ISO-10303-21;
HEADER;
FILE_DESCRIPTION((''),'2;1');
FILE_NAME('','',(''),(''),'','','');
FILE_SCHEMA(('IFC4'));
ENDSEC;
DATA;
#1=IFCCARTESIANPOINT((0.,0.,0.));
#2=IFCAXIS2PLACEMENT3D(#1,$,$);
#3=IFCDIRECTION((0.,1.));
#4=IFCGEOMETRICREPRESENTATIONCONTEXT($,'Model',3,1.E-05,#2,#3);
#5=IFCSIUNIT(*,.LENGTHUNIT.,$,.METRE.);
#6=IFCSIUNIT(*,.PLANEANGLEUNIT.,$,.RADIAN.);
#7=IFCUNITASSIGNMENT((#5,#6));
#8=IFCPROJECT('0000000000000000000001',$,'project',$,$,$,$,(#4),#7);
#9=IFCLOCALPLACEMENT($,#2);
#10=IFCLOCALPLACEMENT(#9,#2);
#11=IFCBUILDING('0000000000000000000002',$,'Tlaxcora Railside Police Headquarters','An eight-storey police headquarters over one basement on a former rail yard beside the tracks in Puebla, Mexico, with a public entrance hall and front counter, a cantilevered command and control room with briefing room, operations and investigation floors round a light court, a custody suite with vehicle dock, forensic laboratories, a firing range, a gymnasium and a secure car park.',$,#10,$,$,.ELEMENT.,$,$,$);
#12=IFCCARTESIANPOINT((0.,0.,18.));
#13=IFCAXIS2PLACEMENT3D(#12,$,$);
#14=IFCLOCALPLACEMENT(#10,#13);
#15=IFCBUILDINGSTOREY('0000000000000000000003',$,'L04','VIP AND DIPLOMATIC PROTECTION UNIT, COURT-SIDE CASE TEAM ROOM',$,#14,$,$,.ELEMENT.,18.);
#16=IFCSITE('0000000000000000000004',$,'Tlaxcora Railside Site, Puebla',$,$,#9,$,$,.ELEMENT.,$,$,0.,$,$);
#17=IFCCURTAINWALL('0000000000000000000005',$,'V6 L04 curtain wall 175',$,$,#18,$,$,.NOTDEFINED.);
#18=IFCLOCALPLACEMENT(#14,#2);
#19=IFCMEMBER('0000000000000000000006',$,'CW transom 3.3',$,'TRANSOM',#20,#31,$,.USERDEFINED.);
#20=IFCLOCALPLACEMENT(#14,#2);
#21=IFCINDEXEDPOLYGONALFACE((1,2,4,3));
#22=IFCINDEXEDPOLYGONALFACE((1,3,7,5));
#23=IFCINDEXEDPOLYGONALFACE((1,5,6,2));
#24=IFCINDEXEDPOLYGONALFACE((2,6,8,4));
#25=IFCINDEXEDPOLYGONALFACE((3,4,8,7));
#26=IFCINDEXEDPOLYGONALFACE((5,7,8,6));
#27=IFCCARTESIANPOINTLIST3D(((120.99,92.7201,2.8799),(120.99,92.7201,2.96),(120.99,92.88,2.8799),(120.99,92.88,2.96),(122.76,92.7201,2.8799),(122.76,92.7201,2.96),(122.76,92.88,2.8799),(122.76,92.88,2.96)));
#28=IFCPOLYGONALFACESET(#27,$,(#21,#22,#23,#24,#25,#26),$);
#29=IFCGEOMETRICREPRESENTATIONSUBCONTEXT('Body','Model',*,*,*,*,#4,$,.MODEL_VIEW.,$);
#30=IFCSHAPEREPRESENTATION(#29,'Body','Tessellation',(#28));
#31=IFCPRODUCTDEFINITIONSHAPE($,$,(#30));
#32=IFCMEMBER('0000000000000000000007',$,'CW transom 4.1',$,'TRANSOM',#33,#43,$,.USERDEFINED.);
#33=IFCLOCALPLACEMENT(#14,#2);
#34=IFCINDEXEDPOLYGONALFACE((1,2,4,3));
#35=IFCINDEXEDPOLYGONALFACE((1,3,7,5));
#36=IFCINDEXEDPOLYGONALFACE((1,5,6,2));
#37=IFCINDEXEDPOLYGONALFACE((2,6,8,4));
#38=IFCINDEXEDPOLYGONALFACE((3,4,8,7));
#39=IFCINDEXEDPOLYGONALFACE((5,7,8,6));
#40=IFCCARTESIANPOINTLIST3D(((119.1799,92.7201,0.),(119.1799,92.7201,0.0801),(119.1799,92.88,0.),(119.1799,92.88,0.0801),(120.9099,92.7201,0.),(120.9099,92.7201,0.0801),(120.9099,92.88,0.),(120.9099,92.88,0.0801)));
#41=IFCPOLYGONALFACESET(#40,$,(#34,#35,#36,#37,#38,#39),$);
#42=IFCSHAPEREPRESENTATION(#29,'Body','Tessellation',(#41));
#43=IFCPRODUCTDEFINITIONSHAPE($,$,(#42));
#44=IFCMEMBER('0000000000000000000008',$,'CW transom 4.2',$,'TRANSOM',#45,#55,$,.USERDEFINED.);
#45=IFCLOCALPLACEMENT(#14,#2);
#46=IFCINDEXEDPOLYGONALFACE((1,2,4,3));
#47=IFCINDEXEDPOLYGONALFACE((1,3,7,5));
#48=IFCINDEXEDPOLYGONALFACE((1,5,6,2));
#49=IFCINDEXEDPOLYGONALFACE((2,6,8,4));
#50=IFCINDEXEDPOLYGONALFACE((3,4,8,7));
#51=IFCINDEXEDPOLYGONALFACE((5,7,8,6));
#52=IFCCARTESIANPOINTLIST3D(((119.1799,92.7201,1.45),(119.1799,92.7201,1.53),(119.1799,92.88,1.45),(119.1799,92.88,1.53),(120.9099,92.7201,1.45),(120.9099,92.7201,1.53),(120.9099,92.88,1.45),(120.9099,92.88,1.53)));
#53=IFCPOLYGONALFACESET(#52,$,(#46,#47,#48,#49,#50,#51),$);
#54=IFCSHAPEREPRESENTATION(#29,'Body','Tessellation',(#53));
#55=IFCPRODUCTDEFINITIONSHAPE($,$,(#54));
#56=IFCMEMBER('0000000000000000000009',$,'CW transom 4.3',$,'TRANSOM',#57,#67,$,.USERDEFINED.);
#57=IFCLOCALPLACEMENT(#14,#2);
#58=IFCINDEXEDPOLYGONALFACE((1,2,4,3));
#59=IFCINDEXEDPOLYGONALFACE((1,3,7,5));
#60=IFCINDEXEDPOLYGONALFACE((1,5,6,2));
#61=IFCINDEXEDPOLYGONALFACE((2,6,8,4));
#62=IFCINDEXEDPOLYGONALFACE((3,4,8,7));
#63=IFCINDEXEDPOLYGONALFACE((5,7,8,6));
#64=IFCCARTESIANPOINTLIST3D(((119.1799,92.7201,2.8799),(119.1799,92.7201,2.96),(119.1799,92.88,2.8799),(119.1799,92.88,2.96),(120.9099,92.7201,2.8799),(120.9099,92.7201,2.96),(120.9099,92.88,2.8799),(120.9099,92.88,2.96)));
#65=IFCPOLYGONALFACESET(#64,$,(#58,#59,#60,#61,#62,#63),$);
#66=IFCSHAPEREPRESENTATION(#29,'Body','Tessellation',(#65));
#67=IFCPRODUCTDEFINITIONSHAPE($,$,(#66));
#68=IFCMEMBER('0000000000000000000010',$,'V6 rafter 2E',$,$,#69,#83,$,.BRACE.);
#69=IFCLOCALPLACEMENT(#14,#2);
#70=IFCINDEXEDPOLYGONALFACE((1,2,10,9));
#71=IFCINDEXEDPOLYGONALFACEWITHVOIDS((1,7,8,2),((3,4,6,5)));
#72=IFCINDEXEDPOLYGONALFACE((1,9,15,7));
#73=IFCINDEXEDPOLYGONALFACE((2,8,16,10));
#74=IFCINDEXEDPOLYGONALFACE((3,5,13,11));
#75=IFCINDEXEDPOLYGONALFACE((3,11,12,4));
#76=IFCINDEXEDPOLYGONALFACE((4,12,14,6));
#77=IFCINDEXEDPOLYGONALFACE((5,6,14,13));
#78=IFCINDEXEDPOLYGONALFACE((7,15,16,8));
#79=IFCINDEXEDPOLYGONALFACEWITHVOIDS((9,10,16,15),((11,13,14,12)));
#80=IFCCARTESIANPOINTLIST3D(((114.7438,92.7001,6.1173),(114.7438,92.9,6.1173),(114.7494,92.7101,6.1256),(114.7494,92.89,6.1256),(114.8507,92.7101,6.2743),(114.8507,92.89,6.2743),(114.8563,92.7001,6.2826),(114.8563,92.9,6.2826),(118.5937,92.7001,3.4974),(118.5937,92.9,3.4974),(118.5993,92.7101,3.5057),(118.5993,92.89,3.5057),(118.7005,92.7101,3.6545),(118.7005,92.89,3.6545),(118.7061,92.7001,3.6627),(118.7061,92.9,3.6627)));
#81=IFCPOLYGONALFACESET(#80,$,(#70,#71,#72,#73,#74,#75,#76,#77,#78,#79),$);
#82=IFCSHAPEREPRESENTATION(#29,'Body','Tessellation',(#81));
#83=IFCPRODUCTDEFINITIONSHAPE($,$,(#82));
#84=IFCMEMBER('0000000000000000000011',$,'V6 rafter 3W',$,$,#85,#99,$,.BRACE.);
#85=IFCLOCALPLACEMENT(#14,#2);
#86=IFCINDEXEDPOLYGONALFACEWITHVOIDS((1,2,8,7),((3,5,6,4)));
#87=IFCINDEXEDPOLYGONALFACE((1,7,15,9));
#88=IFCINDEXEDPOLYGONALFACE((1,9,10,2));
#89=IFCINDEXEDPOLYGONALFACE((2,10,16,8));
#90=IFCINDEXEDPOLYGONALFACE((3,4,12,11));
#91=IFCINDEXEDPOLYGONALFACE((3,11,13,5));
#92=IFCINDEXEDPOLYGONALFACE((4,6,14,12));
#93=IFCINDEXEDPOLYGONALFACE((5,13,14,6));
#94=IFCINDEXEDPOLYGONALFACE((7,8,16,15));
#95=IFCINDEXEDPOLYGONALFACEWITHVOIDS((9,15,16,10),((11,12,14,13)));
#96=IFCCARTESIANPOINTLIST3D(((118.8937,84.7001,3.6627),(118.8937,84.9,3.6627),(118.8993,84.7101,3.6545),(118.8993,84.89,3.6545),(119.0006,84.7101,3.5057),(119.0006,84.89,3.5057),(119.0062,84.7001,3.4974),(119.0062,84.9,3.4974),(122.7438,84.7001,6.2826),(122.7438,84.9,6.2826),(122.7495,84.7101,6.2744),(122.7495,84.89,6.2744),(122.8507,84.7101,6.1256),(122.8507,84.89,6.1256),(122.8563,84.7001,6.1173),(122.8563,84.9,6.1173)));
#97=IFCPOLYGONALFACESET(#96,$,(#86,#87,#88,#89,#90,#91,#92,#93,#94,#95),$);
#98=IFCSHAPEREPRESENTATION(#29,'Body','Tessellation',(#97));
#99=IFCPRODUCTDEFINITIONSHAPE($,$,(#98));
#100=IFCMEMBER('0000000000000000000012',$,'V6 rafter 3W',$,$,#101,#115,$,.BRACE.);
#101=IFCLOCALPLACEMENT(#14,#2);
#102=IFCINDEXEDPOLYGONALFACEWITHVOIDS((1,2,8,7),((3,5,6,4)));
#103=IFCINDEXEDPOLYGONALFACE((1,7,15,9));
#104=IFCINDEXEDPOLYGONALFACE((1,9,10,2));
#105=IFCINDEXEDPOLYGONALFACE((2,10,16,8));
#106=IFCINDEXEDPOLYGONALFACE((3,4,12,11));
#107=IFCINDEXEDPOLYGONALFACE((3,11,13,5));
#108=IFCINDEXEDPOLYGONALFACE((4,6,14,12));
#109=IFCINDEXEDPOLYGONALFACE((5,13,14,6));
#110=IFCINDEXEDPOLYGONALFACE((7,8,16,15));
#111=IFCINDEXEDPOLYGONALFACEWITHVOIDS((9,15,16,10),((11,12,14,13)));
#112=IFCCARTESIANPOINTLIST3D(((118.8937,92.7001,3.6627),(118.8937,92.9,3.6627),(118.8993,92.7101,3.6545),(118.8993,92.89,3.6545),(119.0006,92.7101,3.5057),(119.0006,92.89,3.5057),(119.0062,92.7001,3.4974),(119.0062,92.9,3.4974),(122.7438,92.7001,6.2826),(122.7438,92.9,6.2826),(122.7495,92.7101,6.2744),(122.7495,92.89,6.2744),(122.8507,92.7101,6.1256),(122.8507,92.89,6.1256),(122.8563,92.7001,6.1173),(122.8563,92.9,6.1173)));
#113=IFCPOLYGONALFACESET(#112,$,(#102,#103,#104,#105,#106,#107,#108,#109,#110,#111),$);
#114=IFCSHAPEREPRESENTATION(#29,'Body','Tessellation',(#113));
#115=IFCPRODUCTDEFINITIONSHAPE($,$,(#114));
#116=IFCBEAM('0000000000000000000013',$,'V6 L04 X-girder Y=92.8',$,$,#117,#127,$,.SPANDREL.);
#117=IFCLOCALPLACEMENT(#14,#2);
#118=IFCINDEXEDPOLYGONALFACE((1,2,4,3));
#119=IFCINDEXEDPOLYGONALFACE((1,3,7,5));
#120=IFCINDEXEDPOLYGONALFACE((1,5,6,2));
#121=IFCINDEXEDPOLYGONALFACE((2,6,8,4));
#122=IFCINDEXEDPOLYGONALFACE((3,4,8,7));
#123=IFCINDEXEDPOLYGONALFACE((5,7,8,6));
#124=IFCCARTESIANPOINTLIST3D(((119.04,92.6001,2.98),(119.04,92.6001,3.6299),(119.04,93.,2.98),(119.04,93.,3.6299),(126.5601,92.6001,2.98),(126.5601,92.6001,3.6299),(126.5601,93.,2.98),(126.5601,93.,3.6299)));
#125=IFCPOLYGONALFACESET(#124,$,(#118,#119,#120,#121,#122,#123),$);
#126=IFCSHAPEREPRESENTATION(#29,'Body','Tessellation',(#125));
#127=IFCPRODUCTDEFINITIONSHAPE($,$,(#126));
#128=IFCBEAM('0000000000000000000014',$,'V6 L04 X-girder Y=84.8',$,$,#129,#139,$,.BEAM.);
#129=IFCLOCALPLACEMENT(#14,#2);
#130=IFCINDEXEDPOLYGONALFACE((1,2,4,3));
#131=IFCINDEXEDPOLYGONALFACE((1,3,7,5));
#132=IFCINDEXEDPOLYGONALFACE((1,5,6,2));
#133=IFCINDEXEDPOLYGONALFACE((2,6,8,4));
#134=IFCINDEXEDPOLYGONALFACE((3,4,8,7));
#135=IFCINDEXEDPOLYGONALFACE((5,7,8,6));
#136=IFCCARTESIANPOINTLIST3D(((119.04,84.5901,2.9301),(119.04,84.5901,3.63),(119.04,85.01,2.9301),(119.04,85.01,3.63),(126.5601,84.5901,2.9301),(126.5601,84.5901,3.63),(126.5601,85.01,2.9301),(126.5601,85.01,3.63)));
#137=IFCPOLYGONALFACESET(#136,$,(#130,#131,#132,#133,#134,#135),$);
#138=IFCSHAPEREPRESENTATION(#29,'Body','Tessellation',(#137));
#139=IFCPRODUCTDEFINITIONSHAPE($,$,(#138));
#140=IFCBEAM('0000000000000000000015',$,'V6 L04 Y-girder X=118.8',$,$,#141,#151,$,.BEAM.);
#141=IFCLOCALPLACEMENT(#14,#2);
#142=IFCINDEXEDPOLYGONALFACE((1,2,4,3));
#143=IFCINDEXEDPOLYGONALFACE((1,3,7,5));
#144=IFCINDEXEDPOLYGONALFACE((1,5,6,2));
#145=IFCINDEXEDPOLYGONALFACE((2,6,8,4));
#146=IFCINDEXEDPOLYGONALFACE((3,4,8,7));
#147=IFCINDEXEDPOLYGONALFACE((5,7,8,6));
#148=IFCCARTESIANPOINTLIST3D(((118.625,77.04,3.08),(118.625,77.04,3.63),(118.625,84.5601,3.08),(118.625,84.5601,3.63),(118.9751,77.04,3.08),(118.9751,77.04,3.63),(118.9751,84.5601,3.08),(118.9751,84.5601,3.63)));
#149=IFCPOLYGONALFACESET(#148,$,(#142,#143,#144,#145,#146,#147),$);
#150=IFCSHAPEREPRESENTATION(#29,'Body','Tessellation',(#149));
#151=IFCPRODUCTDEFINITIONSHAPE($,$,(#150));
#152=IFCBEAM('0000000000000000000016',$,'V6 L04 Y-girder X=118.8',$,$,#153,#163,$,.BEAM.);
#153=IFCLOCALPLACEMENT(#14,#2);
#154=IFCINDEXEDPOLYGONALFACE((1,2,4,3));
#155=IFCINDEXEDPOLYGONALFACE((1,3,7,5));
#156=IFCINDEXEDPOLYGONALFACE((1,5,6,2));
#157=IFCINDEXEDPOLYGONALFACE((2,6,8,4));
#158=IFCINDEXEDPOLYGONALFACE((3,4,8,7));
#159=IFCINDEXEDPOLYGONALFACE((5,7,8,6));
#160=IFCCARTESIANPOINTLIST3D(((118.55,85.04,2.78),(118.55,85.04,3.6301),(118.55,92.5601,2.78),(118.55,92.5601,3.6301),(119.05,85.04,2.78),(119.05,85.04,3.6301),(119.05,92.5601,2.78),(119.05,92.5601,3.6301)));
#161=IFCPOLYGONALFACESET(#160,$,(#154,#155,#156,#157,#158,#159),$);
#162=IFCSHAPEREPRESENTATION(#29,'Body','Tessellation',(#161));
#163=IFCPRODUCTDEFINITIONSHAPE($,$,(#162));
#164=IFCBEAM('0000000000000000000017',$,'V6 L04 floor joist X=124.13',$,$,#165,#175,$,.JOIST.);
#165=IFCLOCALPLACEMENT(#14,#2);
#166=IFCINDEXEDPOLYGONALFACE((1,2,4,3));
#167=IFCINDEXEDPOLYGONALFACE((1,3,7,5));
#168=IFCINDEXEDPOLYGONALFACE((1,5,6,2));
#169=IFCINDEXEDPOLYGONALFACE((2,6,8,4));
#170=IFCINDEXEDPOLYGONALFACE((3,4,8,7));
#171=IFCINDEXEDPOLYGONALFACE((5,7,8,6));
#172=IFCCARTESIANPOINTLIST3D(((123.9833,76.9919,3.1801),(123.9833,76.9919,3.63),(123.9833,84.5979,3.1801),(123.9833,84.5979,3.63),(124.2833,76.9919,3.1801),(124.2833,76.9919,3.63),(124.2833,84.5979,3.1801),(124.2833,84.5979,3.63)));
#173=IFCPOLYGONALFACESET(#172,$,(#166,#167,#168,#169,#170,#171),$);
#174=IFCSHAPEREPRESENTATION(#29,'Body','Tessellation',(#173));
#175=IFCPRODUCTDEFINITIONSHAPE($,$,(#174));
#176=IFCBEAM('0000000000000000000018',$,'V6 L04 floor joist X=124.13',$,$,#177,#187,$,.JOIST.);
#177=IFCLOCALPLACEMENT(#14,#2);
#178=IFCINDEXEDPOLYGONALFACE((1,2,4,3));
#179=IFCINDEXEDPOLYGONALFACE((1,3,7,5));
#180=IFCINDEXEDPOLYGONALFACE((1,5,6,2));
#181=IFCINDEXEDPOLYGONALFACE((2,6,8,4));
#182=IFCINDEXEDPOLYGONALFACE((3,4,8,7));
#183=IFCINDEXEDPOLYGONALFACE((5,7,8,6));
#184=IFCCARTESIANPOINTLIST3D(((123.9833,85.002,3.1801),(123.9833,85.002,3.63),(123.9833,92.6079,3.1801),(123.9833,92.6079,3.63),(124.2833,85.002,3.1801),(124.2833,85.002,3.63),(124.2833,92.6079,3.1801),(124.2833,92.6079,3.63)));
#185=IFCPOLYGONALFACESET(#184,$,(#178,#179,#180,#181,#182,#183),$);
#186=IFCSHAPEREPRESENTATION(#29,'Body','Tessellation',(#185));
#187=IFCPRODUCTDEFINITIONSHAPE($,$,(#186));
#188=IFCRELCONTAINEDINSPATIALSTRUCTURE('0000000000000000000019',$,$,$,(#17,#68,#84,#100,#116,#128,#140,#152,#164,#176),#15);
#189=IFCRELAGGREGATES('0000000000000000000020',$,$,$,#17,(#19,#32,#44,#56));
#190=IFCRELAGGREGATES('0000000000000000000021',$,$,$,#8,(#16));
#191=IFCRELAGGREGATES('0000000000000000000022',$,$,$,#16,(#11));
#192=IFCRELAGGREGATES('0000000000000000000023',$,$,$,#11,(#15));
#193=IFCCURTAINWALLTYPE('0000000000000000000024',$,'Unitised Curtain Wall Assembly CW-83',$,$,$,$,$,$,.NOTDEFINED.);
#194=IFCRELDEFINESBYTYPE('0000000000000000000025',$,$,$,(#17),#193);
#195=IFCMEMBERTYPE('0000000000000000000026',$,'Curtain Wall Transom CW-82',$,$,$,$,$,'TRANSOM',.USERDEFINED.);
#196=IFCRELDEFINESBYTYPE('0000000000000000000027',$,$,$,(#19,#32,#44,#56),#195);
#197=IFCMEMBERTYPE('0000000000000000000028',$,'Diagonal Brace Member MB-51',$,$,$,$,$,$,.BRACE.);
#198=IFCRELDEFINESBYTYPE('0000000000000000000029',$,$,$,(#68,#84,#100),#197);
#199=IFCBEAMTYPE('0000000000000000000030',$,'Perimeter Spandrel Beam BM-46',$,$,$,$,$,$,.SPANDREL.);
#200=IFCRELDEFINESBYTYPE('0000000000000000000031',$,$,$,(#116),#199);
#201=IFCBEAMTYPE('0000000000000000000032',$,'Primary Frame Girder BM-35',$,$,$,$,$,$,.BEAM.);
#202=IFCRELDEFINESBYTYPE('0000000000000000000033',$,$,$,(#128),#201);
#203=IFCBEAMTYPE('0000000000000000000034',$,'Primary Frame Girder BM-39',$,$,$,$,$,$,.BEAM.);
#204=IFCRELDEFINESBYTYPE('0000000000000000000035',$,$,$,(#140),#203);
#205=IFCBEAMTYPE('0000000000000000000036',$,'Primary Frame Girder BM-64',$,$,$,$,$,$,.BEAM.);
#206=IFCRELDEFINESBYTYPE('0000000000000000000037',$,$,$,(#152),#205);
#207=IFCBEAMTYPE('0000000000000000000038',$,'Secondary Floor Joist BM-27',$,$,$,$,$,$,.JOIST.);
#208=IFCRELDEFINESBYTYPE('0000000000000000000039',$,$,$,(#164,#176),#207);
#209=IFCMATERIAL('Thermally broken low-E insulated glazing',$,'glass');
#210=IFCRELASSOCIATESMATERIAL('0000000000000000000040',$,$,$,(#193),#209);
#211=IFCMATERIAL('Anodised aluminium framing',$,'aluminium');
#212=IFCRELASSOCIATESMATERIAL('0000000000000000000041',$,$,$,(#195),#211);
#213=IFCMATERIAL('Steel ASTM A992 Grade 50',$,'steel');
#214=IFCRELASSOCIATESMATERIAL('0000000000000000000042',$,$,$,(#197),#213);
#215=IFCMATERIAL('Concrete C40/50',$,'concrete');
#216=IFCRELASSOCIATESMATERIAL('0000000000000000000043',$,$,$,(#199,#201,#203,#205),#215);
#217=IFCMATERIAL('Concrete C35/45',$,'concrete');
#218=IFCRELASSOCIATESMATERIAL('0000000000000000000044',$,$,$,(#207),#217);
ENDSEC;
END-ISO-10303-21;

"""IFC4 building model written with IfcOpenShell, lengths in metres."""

from ifc_helpers import new_model, si_unit, direction, frame, origin, origin_2d, place, context, subcontext, project, spatial, rectangle, hollow_rectangle, extrude, material, material_profile, profile_set, type_object, element, aggregate, save


model = new_model("IFC4")

# Units and contexts
model_context = context("Model", 3, precision=1e-05, world=origin(), true_north=direction((0.0, 1.0)))
body_context = subcontext(model_context, "Body", "Model", "MODEL_VIEW")
ifc_project = project(units=[si_unit("LENGTHUNIT", "METRE"), si_unit("PLANEANGLEUNIT", "RADIAN")], contexts=[model_context])

# Site, building, storey
site_placement = place(None, origin())
site = spatial("IfcSite", under=ifc_project, at=site_placement, Name="Tlaxcora Railside Site, Puebla", CompositionType="ELEMENT", RefElevation=0.0)
building_placement = place(site_placement, origin())
building = spatial("IfcBuilding", under=site, at=building_placement, Name="Tlaxcora Railside Police Headquarters", Description="An eight-storey police headquarters over one basement on a former rail yard beside the tracks in Puebla, Mexico, with a public entrance hall and front counter, a cantilevered command and control room with briefing room, operations and investigation floors round a light court, a custody suite with vehicle dock, forensic laboratories, a firing range, a gymnasium and a secure car park.", CompositionType="ELEMENT")
storey_placement = place(building_placement, frame((0.0, 0.0, 18.0)))
storey = spatial("IfcBuildingStorey", under=building, at=storey_placement, Name="L04", Description="VIP AND DIPLOMATIC PROTECTION UNIT, COURT-SIDE CASE TEAM ROOM", CompositionType="ELEMENT", Elevation=18.0)

# Shared definitions
ifc_material_1 = material(Name="Concrete C40/50", Category="concrete")

# Curtain wall, members
ifc_material_2 = material(Name="Thermally broken low-E insulated glazing", Category="glass")
curtain_wall_type = type_object("IfcCurtainWallType", Name="Unitised Curtain Wall Assembly CW-83", PredefinedType="NOTDEFINED", material=ifc_material_2)
curtain_wall_placement = place(storey_placement, origin())
curtain_wall = element("IfcCurtainWall", 1, at=curtain_wall_placement, inside=storey, type_object=curtain_wall_type, Name="V6 L04 curtain wall 175", PredefinedType="NOTDEFINED")
ifc_material_3 = material(Name="Anodised aluminium framing", Category="aluminium")
ifc_material_profile_1 = material_profile(ifc_material_3, rectangle(XDim=0.1599, YDim=0.0801, at=origin_2d()), Name="AL80X160")
ifc_profile_set_1 = profile_set([ifc_material_profile_1], Name="Anodised aluminium framing")
member_type_1 = type_object("IfcMemberType", Name="Curtain Wall Transom CW-82", ElementType="TRANSOM", PredefinedType="USERDEFINED", material=ifc_profile_set_1)
member_1_placement = place(storey_placement, frame((122.76, 92.8, 2.9199), z_axis=(-1.0, 0.0, 0.0), x_axis=(0.0, -1.0, 0.0)))
member_1 = element("IfcMember", 2, at=member_1_placement, type_object=member_type_1, Name="CW transom 3.3", ObjectType="TRANSOM", PredefinedType="USERDEFINED", context=body_context, shape_type="SweptSolid", body=[
    extrude(rectangle(XDim=0.1599, YDim=0.0801, at=origin_2d()), origin(), (0.0, 0.0, 1.0), 1.77),
])
member_2_placement = place(storey_placement, frame((120.9099, 92.8, 0.04), z_axis=(-1.0, 0.0, 0.0), x_axis=(0.0, -1.0, 0.0)))
member_2 = element("IfcMember", 3, at=member_2_placement, type_object=member_type_1, Name="CW transom 4.1", ObjectType="TRANSOM", PredefinedType="USERDEFINED", context=body_context, shape_type="SweptSolid", body=[
    extrude(rectangle(XDim=0.1599, YDim=0.0801, at=origin_2d()), origin(), (0.0, 0.0, 1.0), 1.73),
])
member_3_placement = place(storey_placement, frame((120.9099, 92.8, 1.49), z_axis=(-1.0, 0.0, 0.0), x_axis=(0.0, -1.0, 0.0)))
member_3 = element("IfcMember", 4, at=member_3_placement, type_object=member_type_1, Name="CW transom 4.2", ObjectType="TRANSOM", PredefinedType="USERDEFINED", context=body_context, shape_type="SweptSolid", body=[
    extrude(rectangle(XDim=0.1599, YDim=0.0801, at=origin_2d()), origin(), (0.0, 0.0, 1.0), 1.73),
])
member_4_placement = place(storey_placement, frame((120.9099, 92.8, 2.9199), z_axis=(-1.0, 0.0, 0.0), x_axis=(0.0, -1.0, 0.0)))
member_4 = element("IfcMember", 5, at=member_4_placement, type_object=member_type_1, Name="CW transom 4.3", ObjectType="TRANSOM", PredefinedType="USERDEFINED", context=body_context, shape_type="SweptSolid", body=[
    extrude(rectangle(XDim=0.1599, YDim=0.0801, at=origin_2d()), origin(), (0.0, 0.0, 1.0), 1.73),
])

# Members
ifc_material_4 = material(Name="Steel ASTM A992 Grade 50", Category="steel")
ifc_material_profile_2 = material_profile(ifc_material_4, hollow_rectangle(XDim=0.2, YDim=0.2, WallThickness=0.01, at=origin_2d()), Name="HSS200X200X10")
ifc_profile_set_2 = profile_set([ifc_material_profile_2], Name="Steel ASTM A992 Grade 50")
member_type_2 = type_object("IfcMemberType", Name="Diagonal Brace Member MB-51", PredefinedType="BRACE", material=ifc_profile_set_2)
member_5_placement = place(storey_placement, frame((118.6499, 92.8, 3.5801), z_axis=(-0.826729, 0.0, 0.5626), x_axis=(0.0, -1.0, 0.0)))
element("IfcMember", 6, at=member_5_placement, inside=storey, type_object=member_type_2, Name="V6 rafter 2E", PredefinedType="BRACE", context=body_context, shape_type="SweptSolid", body=[
    extrude(hollow_rectangle(XDim=0.2, YDim=0.2, WallThickness=0.01, at=origin_2d()), origin(), (0.0, 0.0, 1.0), 4.6567),
])
for number, where, z_axis, x_axis, name in (
    (7, (118.95, 84.8, 3.5801), (0.826746, 0.0, 0.562575), (0.0, 1.0, 0.0), "V6 rafter 3W"),
    (8, (118.95, 92.8, 3.5801), (0.826746, 0.0, 0.562575), (0.0, 1.0, 0.0), "V6 rafter 3W"),
):
    element("IfcMember", number, at=place(storey_placement, frame(where, z_axis=z_axis, x_axis=x_axis)), inside=storey, type_object=member_type_2, Name=name, PredefinedType="BRACE", context=body_context, shape_type="SweptSolid", body=[
        extrude(hollow_rectangle(XDim=0.2, YDim=0.2, WallThickness=0.01, at=origin_2d()), origin(), (0.0, 0.0, 1.0), 4.657),
    ])

# Beams
ifc_material_profile_3 = material_profile(ifc_material_1, rectangle(XDim=0.3999, YDim=0.6499, at=origin_2d()), Name="RC400X650")
ifc_profile_set_3 = profile_set([ifc_material_profile_3], Name="Concrete C40/50")
beam_type_1 = type_object("IfcBeamType", Name="Perimeter Spandrel Beam BM-46", PredefinedType="SPANDREL", material=ifc_profile_set_3)
beam_1_placement = place(storey_placement, frame((119.04, 92.8, 3.3049), z_axis=(1.0, 0.0, 0.0), x_axis=(0.0, 1.0, 0.0)))
element("IfcBeam", 9, at=beam_1_placement, inside=storey, type_object=beam_type_1, Name="V6 L04 X-girder Y=92.8", PredefinedType="SPANDREL", context=body_context, shape_type="SweptSolid", body=[
    extrude(rectangle(XDim=0.3999, YDim=0.6499, at=origin_2d()), origin(), (0.0, 0.0, 1.0), 7.52),
])
ifc_material_profile_4 = material_profile(ifc_material_1, rectangle(XDim=0.4199, YDim=0.7, at=origin_2d()), Name="RC420X700")
ifc_profile_set_4 = profile_set([ifc_material_profile_4], Name="Concrete C40/50")
beam_type_2 = type_object("IfcBeamType", Name="Primary Frame Girder BM-35", PredefinedType="BEAM", material=ifc_profile_set_4)
beam_2_placement = place(storey_placement, frame((119.04, 84.8, 3.28), z_axis=(1.0, 0.0, 0.0), x_axis=(0.0, 1.0, 0.0)))
element("IfcBeam", 10, at=beam_2_placement, inside=storey, type_object=beam_type_2, Name="V6 L04 X-girder Y=84.8", PredefinedType="BEAM", context=body_context, shape_type="SweptSolid", body=[
    extrude(rectangle(XDim=0.4199, YDim=0.7, at=origin_2d()), origin(), (0.0, 0.0, 1.0), 7.52),
])
ifc_material_profile_5 = material_profile(ifc_material_1, rectangle(XDim=0.3501, YDim=0.55, at=origin_2d()), Name="RC350X550")
ifc_profile_set_5 = profile_set([ifc_material_profile_5], Name="Concrete C40/50")
beam_type_3 = type_object("IfcBeamType", Name="Primary Frame Girder BM-39", PredefinedType="BEAM", material=ifc_profile_set_5)
beam_3_placement = place(storey_placement, frame((118.8, 77.04, 3.355), z_axis=(0.0, 1.0, 0.0), x_axis=(-1.0, 0.0, 0.0)))
element("IfcBeam", 11, at=beam_3_placement, inside=storey, type_object=beam_type_3, Name="V6 L04 Y-girder X=118.8", PredefinedType="BEAM", context=body_context, shape_type="SweptSolid", body=[
    extrude(rectangle(XDim=0.3501, YDim=0.55, at=origin_2d()), origin(), (0.0, 0.0, 1.0), 7.52),
])
ifc_material_profile_6 = material_profile(ifc_material_1, rectangle(XDim=0.5, YDim=0.8501, at=origin_2d()), Name="RC500X850")
ifc_profile_set_6 = profile_set([ifc_material_profile_6], Name="Concrete C40/50")
beam_type_4 = type_object("IfcBeamType", Name="Primary Frame Girder BM-64", PredefinedType="BEAM", material=ifc_profile_set_6)
beam_4_placement = place(storey_placement, frame((118.8, 85.04, 3.2051), z_axis=(0.0, 1.0, 0.0), x_axis=(-1.0, 0.0, 0.0)))
element("IfcBeam", 12, at=beam_4_placement, inside=storey, type_object=beam_type_4, Name="V6 L04 Y-girder X=118.8", PredefinedType="BEAM", context=body_context, shape_type="SweptSolid", body=[
    extrude(rectangle(XDim=0.5, YDim=0.8501, at=origin_2d()), origin(), (0.0, 0.0, 1.0), 7.52),
])
ifc_material_5 = material(Name="Concrete C35/45", Category="concrete")
ifc_material_profile_7 = material_profile(ifc_material_5, rectangle(XDim=0.3, YDim=0.45, at=origin_2d()), Name="RC300X450")
ifc_profile_set_7 = profile_set([ifc_material_profile_7], Name="Concrete C35/45")
beam_type_5 = type_object("IfcBeamType", Name="Secondary Floor Joist BM-27", PredefinedType="JOIST", material=ifc_profile_set_7)
for number, where, z_axis, x_axis, name in (
    (13, (124.1333, 76.9919, 3.405), (0.0, 1.0, 0.0), (-1.0, 0.0, 0.0), "V6 L04 floor joist X=124.13"),
    (14, (124.1333, 85.002, 3.405), (0.0, 1.0, 0.0), (-1.0, 0.0, 0.0), "V6 L04 floor joist X=124.13"),
):
    element("IfcBeam", number, at=place(storey_placement, frame(where, z_axis=z_axis, x_axis=x_axis)), inside=storey, type_object=beam_type_5, Name=name, PredefinedType="JOIST", context=body_context, shape_type="SweptSolid", body=[
        extrude(rectangle(XDim=0.3, YDim=0.45, at=origin_2d()), origin(), (0.0, 0.0, 1.0), 7.606),
    ])

aggregate(curtain_wall, [member_1, member_2, member_3, member_4])

save(model, "model.ifc")
